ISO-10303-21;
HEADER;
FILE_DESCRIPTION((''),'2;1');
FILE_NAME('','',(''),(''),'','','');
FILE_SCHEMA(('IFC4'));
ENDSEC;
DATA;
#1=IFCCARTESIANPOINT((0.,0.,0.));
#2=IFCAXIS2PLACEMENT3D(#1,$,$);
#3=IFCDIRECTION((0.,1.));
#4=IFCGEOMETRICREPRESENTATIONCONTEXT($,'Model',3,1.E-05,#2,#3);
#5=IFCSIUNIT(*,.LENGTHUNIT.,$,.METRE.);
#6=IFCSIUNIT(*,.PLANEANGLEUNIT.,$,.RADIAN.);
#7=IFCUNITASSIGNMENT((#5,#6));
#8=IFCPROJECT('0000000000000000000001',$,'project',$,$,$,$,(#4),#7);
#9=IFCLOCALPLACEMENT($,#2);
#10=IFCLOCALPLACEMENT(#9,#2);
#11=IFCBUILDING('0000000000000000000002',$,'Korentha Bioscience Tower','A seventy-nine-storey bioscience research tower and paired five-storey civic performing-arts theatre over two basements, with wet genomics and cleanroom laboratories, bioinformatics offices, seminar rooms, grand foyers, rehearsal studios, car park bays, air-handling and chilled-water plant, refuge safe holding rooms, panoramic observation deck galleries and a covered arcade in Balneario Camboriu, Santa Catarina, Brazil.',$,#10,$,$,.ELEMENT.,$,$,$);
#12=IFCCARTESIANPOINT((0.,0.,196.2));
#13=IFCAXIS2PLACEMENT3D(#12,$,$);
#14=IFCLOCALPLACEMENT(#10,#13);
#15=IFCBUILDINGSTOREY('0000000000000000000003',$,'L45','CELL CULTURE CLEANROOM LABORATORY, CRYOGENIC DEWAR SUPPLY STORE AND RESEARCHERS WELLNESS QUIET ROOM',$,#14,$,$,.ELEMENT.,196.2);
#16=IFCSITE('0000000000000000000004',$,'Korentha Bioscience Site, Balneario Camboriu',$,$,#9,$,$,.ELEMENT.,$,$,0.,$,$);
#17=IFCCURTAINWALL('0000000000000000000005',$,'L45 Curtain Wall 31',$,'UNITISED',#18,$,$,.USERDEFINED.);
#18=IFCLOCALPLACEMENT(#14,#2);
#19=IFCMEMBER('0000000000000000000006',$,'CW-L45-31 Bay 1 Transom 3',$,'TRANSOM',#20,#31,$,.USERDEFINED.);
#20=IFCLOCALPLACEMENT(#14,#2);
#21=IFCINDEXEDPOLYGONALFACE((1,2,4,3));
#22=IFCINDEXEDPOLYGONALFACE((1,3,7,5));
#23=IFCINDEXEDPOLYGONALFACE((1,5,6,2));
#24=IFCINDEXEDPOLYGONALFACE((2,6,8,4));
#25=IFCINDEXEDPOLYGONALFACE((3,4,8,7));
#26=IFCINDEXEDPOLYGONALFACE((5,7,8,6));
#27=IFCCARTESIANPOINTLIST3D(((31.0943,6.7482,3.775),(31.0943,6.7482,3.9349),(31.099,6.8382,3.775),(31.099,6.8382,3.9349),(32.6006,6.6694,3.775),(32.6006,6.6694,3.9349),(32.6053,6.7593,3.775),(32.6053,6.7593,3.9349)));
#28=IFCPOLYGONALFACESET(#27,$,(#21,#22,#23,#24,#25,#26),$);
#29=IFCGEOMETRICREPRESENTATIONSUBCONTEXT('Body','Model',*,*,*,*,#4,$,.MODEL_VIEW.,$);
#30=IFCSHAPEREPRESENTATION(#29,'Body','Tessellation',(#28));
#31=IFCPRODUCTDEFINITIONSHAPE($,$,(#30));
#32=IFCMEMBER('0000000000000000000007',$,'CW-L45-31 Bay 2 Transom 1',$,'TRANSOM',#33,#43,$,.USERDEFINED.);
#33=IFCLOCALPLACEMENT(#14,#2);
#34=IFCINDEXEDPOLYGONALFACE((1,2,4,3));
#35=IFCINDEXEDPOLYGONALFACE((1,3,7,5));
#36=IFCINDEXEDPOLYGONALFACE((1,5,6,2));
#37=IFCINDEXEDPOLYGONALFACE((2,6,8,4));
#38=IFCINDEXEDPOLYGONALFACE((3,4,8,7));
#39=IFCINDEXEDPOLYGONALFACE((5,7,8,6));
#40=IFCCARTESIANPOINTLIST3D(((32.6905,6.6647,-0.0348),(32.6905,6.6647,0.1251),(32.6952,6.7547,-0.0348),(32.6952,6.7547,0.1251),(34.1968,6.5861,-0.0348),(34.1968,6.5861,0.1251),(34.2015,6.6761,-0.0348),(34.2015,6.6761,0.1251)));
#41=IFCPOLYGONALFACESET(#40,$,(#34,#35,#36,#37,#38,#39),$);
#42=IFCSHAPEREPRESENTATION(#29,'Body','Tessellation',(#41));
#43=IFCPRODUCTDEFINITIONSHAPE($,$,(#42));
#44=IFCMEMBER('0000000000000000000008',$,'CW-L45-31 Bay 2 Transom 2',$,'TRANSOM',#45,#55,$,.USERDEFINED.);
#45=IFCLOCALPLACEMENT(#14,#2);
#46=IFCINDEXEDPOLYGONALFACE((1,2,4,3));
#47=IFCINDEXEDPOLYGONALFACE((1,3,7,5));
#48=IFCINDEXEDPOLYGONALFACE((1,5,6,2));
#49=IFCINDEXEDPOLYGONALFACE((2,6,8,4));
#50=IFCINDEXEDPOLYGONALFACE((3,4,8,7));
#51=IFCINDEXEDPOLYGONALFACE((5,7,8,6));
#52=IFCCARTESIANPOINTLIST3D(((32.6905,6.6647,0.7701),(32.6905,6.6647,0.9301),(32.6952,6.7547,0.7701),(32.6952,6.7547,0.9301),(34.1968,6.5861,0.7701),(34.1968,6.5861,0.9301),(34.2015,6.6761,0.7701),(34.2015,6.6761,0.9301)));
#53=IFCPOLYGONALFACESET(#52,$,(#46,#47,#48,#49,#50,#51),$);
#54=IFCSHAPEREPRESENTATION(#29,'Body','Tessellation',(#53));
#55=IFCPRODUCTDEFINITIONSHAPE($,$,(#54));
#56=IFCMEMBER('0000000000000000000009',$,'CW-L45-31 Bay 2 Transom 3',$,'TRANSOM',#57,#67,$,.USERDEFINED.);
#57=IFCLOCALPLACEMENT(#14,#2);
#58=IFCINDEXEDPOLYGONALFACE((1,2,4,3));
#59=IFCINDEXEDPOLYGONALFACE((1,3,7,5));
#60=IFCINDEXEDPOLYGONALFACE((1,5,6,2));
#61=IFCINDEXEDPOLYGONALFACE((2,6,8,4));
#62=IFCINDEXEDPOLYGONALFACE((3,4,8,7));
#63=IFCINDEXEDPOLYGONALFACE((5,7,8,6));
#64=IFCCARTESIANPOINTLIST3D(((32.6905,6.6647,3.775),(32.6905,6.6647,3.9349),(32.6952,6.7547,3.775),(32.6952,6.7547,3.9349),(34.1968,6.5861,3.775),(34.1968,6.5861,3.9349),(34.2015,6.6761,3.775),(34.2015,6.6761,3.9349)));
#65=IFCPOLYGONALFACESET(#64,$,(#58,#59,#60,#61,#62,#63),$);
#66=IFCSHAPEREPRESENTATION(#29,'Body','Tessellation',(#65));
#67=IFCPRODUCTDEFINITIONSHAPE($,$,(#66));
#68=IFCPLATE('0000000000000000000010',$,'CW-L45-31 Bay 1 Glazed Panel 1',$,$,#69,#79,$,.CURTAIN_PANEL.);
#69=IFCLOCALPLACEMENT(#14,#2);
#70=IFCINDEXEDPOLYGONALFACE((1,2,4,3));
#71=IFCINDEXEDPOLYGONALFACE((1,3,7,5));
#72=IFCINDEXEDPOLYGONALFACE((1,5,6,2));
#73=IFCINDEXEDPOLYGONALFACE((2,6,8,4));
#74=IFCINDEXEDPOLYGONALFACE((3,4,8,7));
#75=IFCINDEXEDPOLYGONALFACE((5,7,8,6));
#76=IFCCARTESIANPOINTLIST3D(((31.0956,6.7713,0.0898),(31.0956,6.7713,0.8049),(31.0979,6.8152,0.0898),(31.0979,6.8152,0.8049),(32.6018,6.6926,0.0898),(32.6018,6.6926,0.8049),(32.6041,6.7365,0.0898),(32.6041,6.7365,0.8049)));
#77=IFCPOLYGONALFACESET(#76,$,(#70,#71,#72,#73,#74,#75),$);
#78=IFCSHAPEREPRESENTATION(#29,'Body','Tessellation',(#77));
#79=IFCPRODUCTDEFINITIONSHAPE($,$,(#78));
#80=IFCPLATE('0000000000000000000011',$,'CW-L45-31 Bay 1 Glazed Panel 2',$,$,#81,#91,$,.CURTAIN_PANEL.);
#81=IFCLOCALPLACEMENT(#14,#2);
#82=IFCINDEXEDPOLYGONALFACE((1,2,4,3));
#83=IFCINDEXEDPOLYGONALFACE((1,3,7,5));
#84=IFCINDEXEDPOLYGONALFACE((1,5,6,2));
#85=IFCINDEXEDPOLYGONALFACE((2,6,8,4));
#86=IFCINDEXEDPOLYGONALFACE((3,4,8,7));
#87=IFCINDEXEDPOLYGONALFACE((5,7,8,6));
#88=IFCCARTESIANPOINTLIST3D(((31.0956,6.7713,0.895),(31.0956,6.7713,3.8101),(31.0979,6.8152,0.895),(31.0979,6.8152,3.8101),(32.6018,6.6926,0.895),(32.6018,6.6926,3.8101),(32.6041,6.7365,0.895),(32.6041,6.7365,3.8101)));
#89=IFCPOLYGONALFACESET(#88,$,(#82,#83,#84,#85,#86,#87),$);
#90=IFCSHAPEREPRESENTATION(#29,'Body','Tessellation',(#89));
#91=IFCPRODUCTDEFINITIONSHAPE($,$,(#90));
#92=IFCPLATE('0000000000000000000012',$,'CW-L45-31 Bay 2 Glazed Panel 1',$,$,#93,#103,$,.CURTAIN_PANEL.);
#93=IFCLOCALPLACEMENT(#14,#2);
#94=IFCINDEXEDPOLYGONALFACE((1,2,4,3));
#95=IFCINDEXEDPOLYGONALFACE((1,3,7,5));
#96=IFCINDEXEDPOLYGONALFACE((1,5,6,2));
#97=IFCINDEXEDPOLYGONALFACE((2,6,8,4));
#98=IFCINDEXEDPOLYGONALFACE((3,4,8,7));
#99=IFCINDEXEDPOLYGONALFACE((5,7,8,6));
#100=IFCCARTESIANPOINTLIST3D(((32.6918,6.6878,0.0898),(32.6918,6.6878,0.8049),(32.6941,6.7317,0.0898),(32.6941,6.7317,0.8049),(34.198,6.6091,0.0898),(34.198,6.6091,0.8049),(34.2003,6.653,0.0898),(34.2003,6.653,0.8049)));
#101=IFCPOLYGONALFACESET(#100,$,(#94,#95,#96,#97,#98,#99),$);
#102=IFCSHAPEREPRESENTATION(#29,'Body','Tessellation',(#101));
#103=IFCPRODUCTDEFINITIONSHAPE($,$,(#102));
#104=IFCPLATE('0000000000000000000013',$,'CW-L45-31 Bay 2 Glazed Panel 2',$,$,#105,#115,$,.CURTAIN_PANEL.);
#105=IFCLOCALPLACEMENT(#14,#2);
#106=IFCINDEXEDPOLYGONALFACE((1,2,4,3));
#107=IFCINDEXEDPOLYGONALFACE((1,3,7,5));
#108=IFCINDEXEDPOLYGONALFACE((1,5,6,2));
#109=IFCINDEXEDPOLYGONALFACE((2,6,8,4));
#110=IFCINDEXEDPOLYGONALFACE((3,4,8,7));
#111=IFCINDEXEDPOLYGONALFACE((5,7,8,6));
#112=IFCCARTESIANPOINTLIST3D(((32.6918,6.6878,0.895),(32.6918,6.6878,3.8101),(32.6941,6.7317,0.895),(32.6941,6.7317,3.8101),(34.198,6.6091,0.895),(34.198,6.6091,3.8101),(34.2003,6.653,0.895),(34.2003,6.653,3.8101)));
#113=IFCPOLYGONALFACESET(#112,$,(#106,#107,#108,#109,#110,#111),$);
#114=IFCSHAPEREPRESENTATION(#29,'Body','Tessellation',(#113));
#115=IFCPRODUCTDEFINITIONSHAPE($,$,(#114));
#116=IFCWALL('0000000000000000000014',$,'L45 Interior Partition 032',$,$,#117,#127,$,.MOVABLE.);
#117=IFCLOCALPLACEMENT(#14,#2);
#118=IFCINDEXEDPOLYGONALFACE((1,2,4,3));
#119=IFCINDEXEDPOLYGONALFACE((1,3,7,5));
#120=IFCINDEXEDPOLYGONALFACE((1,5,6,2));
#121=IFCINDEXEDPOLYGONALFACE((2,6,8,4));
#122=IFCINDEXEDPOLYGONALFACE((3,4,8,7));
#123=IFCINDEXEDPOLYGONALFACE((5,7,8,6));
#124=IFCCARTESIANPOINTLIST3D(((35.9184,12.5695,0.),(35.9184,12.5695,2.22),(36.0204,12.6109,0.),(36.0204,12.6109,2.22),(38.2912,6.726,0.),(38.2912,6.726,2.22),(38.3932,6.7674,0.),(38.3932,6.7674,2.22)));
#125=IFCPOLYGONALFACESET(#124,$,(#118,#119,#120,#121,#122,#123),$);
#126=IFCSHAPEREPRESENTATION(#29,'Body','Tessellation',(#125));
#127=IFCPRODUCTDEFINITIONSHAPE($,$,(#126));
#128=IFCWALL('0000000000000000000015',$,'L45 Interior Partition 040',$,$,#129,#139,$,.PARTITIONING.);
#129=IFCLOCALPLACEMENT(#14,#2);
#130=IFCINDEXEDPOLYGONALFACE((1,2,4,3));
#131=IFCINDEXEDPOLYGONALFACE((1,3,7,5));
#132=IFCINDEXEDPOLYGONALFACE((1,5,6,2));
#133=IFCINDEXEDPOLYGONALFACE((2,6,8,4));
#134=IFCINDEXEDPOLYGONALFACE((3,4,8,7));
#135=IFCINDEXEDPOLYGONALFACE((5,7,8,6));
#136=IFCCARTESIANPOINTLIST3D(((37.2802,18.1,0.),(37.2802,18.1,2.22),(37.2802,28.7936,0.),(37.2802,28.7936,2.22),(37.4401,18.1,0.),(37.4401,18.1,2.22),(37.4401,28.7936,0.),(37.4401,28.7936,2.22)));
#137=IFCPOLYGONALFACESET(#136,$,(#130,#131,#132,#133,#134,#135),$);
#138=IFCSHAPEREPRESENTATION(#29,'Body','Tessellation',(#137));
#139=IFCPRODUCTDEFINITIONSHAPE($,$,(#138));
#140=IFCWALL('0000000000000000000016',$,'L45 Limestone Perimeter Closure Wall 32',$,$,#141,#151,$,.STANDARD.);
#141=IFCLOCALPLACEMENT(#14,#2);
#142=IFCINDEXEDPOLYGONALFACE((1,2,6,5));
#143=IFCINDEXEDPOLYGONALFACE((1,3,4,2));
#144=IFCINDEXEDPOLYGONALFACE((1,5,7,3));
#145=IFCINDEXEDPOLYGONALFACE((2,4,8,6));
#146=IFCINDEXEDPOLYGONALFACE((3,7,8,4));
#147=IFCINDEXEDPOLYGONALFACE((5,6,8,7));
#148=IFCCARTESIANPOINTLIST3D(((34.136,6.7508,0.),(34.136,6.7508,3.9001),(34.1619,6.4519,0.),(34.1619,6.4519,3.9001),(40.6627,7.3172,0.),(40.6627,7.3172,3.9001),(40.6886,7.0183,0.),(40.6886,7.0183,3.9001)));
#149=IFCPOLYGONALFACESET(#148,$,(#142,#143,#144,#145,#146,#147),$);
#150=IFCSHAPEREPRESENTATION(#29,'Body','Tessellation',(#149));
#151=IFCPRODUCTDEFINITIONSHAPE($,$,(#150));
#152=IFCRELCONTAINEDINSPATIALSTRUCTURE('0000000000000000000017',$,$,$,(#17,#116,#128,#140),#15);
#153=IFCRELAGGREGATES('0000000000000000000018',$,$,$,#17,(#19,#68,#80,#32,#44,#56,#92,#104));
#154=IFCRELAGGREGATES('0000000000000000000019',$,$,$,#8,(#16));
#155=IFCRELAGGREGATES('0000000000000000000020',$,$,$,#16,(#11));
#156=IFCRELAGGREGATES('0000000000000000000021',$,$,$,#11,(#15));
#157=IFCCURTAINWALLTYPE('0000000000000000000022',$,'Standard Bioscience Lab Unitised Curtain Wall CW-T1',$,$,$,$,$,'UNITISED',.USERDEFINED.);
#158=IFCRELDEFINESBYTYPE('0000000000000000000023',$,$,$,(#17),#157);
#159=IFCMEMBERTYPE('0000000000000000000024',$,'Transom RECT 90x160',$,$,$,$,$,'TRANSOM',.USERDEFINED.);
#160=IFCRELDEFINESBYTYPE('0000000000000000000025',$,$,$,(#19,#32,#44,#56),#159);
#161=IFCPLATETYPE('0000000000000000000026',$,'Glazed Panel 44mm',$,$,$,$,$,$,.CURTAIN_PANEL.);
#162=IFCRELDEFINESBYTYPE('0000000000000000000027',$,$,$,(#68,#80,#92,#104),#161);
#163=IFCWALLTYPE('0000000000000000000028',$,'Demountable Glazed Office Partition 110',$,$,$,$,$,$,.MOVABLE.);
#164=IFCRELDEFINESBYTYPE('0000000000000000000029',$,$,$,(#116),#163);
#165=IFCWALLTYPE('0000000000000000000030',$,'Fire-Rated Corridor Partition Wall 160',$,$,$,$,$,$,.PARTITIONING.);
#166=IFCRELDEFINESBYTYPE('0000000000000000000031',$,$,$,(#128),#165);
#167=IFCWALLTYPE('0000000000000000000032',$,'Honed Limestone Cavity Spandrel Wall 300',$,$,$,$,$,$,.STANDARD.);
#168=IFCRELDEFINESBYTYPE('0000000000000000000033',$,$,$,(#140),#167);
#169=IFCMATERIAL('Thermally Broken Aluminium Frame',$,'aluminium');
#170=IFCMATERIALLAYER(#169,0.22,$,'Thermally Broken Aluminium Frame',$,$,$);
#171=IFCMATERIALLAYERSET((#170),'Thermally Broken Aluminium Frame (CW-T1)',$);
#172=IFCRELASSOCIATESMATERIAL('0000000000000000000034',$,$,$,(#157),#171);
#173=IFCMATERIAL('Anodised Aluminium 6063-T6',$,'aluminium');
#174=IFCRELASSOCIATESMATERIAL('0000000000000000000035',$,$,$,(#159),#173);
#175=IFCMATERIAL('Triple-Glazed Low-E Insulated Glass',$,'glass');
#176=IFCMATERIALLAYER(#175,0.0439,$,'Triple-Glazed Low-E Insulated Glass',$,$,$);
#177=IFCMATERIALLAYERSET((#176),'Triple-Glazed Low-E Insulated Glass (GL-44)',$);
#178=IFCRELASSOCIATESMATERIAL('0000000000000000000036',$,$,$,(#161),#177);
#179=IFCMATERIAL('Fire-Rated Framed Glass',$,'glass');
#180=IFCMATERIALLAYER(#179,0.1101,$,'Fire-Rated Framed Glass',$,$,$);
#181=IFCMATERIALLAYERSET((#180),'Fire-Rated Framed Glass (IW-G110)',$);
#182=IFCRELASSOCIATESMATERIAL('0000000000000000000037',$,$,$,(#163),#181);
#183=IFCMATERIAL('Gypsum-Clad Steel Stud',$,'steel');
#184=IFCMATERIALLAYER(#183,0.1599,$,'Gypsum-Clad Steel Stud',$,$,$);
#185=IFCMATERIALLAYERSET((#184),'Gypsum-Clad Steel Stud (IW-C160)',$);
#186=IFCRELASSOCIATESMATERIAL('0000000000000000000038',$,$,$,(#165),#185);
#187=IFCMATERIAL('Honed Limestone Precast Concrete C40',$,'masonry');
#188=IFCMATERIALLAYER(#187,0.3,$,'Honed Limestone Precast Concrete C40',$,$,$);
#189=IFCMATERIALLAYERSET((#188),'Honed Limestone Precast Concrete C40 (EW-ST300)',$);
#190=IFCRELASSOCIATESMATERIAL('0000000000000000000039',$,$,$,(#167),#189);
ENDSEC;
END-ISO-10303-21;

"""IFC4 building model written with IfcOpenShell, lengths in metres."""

from ifc_helpers import new_model, si_unit, direction, frame, frame_2d, origin, origin_2d, place, context, subcontext, project, spatial, rectangle, extrude, material, layer, layer_set, material_profile, profile_set, type_object, element, aggregate, save


model = new_model("IFC4")

# Units and contexts
model_context = context("Model", 3, precision=1e-05, world=origin(), true_north=direction((0.0, 1.0)))
body_context = subcontext(model_context, "Body", "Model", "MODEL_VIEW")
ifc_project = project(units=[si_unit("LENGTHUNIT", "METRE"), si_unit("PLANEANGLEUNIT", "RADIAN")], contexts=[model_context])

# Site, building, storey
site_placement = place(None, origin())
site = spatial("IfcSite", under=ifc_project, at=site_placement, Name="Korentha Bioscience Site, Balneario Camboriu", CompositionType="ELEMENT", RefElevation=0.0)
building_placement = place(site_placement, origin())
building = spatial("IfcBuilding", under=site, at=building_placement, Name="Korentha Bioscience Tower", Description="A seventy-nine-storey bioscience research tower and paired five-storey civic performing-arts theatre over two basements, with wet genomics and cleanroom laboratories, bioinformatics offices, seminar rooms, grand foyers, rehearsal studios, car park bays, air-handling and chilled-water plant, refuge safe holding rooms, panoramic observation deck galleries and a covered arcade in Balneario Camboriu, Santa Catarina, Brazil.", CompositionType="ELEMENT")
storey_placement = place(building_placement, frame((0.0, 0.0, 196.2)))
storey = spatial("IfcBuildingStorey", under=building, at=storey_placement, Name="L45", Description="CELL CULTURE CLEANROOM LABORATORY, CRYOGENIC DEWAR SUPPLY STORE AND RESEARCHERS WELLNESS QUIET ROOM", CompositionType="ELEMENT", Elevation=196.2)

# Curtain wall, members, plates
ifc_material_1 = material(Name="Thermally Broken Aluminium Frame", Category="aluminium")
ifc_layer_1 = layer(ifc_material_1, 0.22, Name="Thermally Broken Aluminium Frame")
ifc_layer_set_1 = layer_set([ifc_layer_1], Name="Thermally Broken Aluminium Frame (CW-T1)")
curtain_wall_type = type_object("IfcCurtainWallType", Name="Standard Bioscience Lab Unitised Curtain Wall CW-T1", ElementType="UNITISED", PredefinedType="USERDEFINED", material=ifc_layer_set_1)
curtain_wall_placement = place(storey_placement, origin())
curtain_wall = element("IfcCurtainWall", 1, at=curtain_wall_placement, inside=storey, type_object=curtain_wall_type, Name="L45 Curtain Wall 31", ObjectType="UNITISED", PredefinedType="USERDEFINED")
ifc_material_2 = material(Name="Anodised Aluminium 6063-T6", Category="aluminium")
ifc_material_profile_1 = material_profile(ifc_material_2, rectangle(XDim=0.0901, YDim=0.1599, at=origin_2d()), Name="Anodised Aluminium 6063-T6")
ifc_profile_set_1 = profile_set([ifc_material_profile_1], Name="Anodised Aluminium 6063-T6 (CW-TRN)")
member_type_1 = type_object("IfcMemberType", Name="Transom RECT 90x160", ElementType="TRANSOM", PredefinedType="USERDEFINED", material=ifc_profile_set_1)
member_1_placement = place(storey_placement, frame((31.0967, 6.7932, 3.855), z_axis=(0.998633, -0.052278, 0.0), x_axis=(0.052278, 0.998633, 0.0)))
member_1 = element("IfcMember", 2, at=member_1_placement, type_object=member_type_1, Name="CW-L45-31 Bay 1 Transom 3", ObjectType="TRANSOM", PredefinedType="USERDEFINED", context=body_context, shape_type="SweptSolid", body=[
    extrude(rectangle(XDim=0.0901, YDim=0.1599, at=origin_2d()), origin(), (0.0, 0.0, 1.0), 1.5083),
])
member_2_placement = place(storey_placement, frame((32.6929, 6.7097, 0.0452), z_axis=(0.998641, -0.052117, 0.0), x_axis=(0.052117, 0.998641, 0.0)))
member_2 = element("IfcMember", 3, at=member_2_placement, type_object=member_type_1, Name="CW-L45-31 Bay 2 Transom 1", ObjectType="TRANSOM", PredefinedType="USERDEFINED", context=body_context, shape_type="SweptSolid", body=[
    extrude(rectangle(XDim=0.0901, YDim=0.1599, at=origin_2d()), origin(), (0.0, 0.0, 1.0), 1.5083),
])
member_3_placement = place(storey_placement, frame((32.6929, 6.7097, 0.8501), z_axis=(0.998641, -0.052117, 0.0), x_axis=(0.052117, 0.998641, 0.0)))
member_3 = element("IfcMember", 4, at=member_3_placement, type_object=member_type_1, Name="CW-L45-31 Bay 2 Transom 2", ObjectType="TRANSOM", PredefinedType="USERDEFINED", context=body_context, shape_type="SweptSolid", body=[
    extrude(rectangle(XDim=0.0901, YDim=0.1599, at=origin_2d()), origin(), (0.0, 0.0, 1.0), 1.5083),
])
member_4_placement = place(storey_placement, frame((32.6929, 6.7097, 3.855), z_axis=(0.998641, -0.052117, 0.0), x_axis=(0.052117, 0.998641, 0.0)))
member_4 = element("IfcMember", 5, at=member_4_placement, type_object=member_type_1, Name="CW-L45-31 Bay 2 Transom 3", ObjectType="TRANSOM", PredefinedType="USERDEFINED", context=body_context, shape_type="SweptSolid", body=[
    extrude(rectangle(XDim=0.0901, YDim=0.1599, at=origin_2d()), origin(), (0.0, 0.0, 1.0), 1.5083),
])
ifc_material_3 = material(Name="Triple-Glazed Low-E Insulated Glass", Category="glass")
ifc_layer_2 = layer(ifc_material_3, 0.0439, Name="Triple-Glazed Low-E Insulated Glass")
ifc_layer_set_2 = layer_set([ifc_layer_2], Name="Triple-Glazed Low-E Insulated Glass (GL-44)")
plate_type = type_object("IfcPlateType", Name="Glazed Panel 44mm", PredefinedType="CURTAIN_PANEL", material=ifc_layer_set_2)
plate_1_placement = place(storey_placement, frame((31.8499, 6.7539, 0.0898), z_axis=(0.0, 0.0, 1.0), x_axis=(0.998638, -0.05218, 0.0)))
plate_1 = element("IfcPlate", 6, at=plate_1_placement, type_object=plate_type, Name="CW-L45-31 Bay 1 Glazed Panel 1", PredefinedType="CURTAIN_PANEL", context=body_context, shape_type="SweptSolid", body=[
    extrude(rectangle(XDim=1.5083, YDim=0.0439, at=origin_2d()), origin(), (0.0, 0.0, 1.0), 0.7151),
])
plate_2_placement = place(storey_placement, frame((31.8499, 6.7539, 0.895), z_axis=(0.0, 0.0, 1.0), x_axis=(0.998638, -0.05218, 0.0)))
plate_2 = element("IfcPlate", 7, at=plate_2_placement, type_object=plate_type, Name="CW-L45-31 Bay 1 Glazed Panel 2", PredefinedType="CURTAIN_PANEL", context=body_context, shape_type="SweptSolid", body=[
    extrude(rectangle(XDim=1.5083, YDim=0.0439, at=origin_2d()), origin(), (0.0, 0.0, 1.0), 2.915),
])
plate_3_placement = place(storey_placement, frame((33.446, 6.6704, 0.0898), z_axis=(0.0, 0.0, 1.0), x_axis=(0.998638, -0.05218, 0.0)))
plate_3 = element("IfcPlate", 8, at=plate_3_placement, type_object=plate_type, Name="CW-L45-31 Bay 2 Glazed Panel 1", PredefinedType="CURTAIN_PANEL", context=body_context, shape_type="SweptSolid", body=[
    extrude(rectangle(XDim=1.5083, YDim=0.0439, at=origin_2d()), origin(), (0.0, 0.0, 1.0), 0.7151),
])
plate_4_placement = place(storey_placement, frame((33.446, 6.6704, 0.895), z_axis=(0.0, 0.0, 1.0), x_axis=(0.998638, -0.05218, 0.0)))
plate_4 = element("IfcPlate", 9, at=plate_4_placement, type_object=plate_type, Name="CW-L45-31 Bay 2 Glazed Panel 2", PredefinedType="CURTAIN_PANEL", context=body_context, shape_type="SweptSolid", body=[
    extrude(rectangle(XDim=1.5083, YDim=0.0439, at=origin_2d()), origin(), (0.0, 0.0, 1.0), 2.915),
])
aggregate(curtain_wall, [member_1, plate_1, plate_2, member_2, member_3, member_4, plate_3, plate_4])

# Walls
ifc_material_4 = material(Name="Fire-Rated Framed Glass", Category="glass")
ifc_layer_3 = layer(ifc_material_4, 0.1101, Name="Fire-Rated Framed Glass")
ifc_layer_set_3 = layer_set([ifc_layer_3], Name="Fire-Rated Framed Glass (IW-G110)")
wall_type_1 = type_object("IfcWallType", Name="Demountable Glazed Office Partition 110", PredefinedType="MOVABLE", material=ifc_layer_set_3)
wall_1_placement = place(storey_placement, frame((35.9695, 12.5901, 0.0), z_axis=(0.0, 0.0, 1.0), x_axis=(0.376224, -0.926529, 0.0)))
element("IfcWall", 10, at=wall_1_placement, inside=storey, type_object=wall_type_1, Name="L45 Interior Partition 032", PredefinedType="MOVABLE", context=body_context, shape_type="SweptSolid", body=[
    extrude(rectangle(XDim=6.3069, YDim=0.1101, at=frame_2d((3.1533, 0.0))), origin(), (0.0, 0.0, 1.0), 2.22),
])
ifc_material_5 = material(Name="Gypsum-Clad Steel Stud", Category="steel")
ifc_layer_4 = layer(ifc_material_5, 0.1599, Name="Gypsum-Clad Steel Stud")
ifc_layer_set_4 = layer_set([ifc_layer_4], Name="Gypsum-Clad Steel Stud (IW-C160)")
wall_type_2 = type_object("IfcWallType", Name="Fire-Rated Corridor Partition Wall 160", PredefinedType="PARTITIONING", material=ifc_layer_set_4)
wall_2_placement = place(storey_placement, frame((37.3601, 18.1001, 0.0), z_axis=(0.0, 0.0, 1.0), x_axis=(0.0, 1.0, 0.0)))
element("IfcWall", 11, at=wall_2_placement, inside=storey, type_object=wall_type_2, Name="L45 Interior Partition 040", PredefinedType="PARTITIONING", context=body_context, shape_type="SweptSolid", body=[
    extrude(rectangle(XDim=10.6936, YDim=0.1599, at=frame_2d((5.3467, 0.0))), origin(), (0.0, 0.0, 1.0), 2.22),
])
ifc_material_6 = material(Name="Honed Limestone Precast Concrete C40", Category="masonry")
ifc_layer_5 = layer(ifc_material_6, 0.3, Name="Honed Limestone Precast Concrete C40")
ifc_layer_set_5 = layer_set([ifc_layer_5], Name="Honed Limestone Precast Concrete C40 (EW-ST300)")
wall_type_3 = type_object("IfcWallType", Name="Honed Limestone Cavity Spandrel Wall 300", PredefinedType="STANDARD", material=ifc_layer_set_5)
wall_3_placement = place(storey_placement, frame((34.1489, 6.6013, 0.0), z_axis=(0.0, 0.0, 1.0), x_axis=(0.996256, 0.086456, 0.0)))
element("IfcWall", 12, at=wall_3_placement, inside=storey, type_object=wall_type_3, Name="L45 Limestone Perimeter Closure Wall 32", PredefinedType="STANDARD", context=body_context, shape_type="SweptSolid", body=[
    extrude(rectangle(XDim=6.5513, YDim=0.3, at=frame_2d((3.2756, 0.0))), origin(), (0.0, 0.0, 1.0), 3.9001),
])

save(model, "model.ifc")
